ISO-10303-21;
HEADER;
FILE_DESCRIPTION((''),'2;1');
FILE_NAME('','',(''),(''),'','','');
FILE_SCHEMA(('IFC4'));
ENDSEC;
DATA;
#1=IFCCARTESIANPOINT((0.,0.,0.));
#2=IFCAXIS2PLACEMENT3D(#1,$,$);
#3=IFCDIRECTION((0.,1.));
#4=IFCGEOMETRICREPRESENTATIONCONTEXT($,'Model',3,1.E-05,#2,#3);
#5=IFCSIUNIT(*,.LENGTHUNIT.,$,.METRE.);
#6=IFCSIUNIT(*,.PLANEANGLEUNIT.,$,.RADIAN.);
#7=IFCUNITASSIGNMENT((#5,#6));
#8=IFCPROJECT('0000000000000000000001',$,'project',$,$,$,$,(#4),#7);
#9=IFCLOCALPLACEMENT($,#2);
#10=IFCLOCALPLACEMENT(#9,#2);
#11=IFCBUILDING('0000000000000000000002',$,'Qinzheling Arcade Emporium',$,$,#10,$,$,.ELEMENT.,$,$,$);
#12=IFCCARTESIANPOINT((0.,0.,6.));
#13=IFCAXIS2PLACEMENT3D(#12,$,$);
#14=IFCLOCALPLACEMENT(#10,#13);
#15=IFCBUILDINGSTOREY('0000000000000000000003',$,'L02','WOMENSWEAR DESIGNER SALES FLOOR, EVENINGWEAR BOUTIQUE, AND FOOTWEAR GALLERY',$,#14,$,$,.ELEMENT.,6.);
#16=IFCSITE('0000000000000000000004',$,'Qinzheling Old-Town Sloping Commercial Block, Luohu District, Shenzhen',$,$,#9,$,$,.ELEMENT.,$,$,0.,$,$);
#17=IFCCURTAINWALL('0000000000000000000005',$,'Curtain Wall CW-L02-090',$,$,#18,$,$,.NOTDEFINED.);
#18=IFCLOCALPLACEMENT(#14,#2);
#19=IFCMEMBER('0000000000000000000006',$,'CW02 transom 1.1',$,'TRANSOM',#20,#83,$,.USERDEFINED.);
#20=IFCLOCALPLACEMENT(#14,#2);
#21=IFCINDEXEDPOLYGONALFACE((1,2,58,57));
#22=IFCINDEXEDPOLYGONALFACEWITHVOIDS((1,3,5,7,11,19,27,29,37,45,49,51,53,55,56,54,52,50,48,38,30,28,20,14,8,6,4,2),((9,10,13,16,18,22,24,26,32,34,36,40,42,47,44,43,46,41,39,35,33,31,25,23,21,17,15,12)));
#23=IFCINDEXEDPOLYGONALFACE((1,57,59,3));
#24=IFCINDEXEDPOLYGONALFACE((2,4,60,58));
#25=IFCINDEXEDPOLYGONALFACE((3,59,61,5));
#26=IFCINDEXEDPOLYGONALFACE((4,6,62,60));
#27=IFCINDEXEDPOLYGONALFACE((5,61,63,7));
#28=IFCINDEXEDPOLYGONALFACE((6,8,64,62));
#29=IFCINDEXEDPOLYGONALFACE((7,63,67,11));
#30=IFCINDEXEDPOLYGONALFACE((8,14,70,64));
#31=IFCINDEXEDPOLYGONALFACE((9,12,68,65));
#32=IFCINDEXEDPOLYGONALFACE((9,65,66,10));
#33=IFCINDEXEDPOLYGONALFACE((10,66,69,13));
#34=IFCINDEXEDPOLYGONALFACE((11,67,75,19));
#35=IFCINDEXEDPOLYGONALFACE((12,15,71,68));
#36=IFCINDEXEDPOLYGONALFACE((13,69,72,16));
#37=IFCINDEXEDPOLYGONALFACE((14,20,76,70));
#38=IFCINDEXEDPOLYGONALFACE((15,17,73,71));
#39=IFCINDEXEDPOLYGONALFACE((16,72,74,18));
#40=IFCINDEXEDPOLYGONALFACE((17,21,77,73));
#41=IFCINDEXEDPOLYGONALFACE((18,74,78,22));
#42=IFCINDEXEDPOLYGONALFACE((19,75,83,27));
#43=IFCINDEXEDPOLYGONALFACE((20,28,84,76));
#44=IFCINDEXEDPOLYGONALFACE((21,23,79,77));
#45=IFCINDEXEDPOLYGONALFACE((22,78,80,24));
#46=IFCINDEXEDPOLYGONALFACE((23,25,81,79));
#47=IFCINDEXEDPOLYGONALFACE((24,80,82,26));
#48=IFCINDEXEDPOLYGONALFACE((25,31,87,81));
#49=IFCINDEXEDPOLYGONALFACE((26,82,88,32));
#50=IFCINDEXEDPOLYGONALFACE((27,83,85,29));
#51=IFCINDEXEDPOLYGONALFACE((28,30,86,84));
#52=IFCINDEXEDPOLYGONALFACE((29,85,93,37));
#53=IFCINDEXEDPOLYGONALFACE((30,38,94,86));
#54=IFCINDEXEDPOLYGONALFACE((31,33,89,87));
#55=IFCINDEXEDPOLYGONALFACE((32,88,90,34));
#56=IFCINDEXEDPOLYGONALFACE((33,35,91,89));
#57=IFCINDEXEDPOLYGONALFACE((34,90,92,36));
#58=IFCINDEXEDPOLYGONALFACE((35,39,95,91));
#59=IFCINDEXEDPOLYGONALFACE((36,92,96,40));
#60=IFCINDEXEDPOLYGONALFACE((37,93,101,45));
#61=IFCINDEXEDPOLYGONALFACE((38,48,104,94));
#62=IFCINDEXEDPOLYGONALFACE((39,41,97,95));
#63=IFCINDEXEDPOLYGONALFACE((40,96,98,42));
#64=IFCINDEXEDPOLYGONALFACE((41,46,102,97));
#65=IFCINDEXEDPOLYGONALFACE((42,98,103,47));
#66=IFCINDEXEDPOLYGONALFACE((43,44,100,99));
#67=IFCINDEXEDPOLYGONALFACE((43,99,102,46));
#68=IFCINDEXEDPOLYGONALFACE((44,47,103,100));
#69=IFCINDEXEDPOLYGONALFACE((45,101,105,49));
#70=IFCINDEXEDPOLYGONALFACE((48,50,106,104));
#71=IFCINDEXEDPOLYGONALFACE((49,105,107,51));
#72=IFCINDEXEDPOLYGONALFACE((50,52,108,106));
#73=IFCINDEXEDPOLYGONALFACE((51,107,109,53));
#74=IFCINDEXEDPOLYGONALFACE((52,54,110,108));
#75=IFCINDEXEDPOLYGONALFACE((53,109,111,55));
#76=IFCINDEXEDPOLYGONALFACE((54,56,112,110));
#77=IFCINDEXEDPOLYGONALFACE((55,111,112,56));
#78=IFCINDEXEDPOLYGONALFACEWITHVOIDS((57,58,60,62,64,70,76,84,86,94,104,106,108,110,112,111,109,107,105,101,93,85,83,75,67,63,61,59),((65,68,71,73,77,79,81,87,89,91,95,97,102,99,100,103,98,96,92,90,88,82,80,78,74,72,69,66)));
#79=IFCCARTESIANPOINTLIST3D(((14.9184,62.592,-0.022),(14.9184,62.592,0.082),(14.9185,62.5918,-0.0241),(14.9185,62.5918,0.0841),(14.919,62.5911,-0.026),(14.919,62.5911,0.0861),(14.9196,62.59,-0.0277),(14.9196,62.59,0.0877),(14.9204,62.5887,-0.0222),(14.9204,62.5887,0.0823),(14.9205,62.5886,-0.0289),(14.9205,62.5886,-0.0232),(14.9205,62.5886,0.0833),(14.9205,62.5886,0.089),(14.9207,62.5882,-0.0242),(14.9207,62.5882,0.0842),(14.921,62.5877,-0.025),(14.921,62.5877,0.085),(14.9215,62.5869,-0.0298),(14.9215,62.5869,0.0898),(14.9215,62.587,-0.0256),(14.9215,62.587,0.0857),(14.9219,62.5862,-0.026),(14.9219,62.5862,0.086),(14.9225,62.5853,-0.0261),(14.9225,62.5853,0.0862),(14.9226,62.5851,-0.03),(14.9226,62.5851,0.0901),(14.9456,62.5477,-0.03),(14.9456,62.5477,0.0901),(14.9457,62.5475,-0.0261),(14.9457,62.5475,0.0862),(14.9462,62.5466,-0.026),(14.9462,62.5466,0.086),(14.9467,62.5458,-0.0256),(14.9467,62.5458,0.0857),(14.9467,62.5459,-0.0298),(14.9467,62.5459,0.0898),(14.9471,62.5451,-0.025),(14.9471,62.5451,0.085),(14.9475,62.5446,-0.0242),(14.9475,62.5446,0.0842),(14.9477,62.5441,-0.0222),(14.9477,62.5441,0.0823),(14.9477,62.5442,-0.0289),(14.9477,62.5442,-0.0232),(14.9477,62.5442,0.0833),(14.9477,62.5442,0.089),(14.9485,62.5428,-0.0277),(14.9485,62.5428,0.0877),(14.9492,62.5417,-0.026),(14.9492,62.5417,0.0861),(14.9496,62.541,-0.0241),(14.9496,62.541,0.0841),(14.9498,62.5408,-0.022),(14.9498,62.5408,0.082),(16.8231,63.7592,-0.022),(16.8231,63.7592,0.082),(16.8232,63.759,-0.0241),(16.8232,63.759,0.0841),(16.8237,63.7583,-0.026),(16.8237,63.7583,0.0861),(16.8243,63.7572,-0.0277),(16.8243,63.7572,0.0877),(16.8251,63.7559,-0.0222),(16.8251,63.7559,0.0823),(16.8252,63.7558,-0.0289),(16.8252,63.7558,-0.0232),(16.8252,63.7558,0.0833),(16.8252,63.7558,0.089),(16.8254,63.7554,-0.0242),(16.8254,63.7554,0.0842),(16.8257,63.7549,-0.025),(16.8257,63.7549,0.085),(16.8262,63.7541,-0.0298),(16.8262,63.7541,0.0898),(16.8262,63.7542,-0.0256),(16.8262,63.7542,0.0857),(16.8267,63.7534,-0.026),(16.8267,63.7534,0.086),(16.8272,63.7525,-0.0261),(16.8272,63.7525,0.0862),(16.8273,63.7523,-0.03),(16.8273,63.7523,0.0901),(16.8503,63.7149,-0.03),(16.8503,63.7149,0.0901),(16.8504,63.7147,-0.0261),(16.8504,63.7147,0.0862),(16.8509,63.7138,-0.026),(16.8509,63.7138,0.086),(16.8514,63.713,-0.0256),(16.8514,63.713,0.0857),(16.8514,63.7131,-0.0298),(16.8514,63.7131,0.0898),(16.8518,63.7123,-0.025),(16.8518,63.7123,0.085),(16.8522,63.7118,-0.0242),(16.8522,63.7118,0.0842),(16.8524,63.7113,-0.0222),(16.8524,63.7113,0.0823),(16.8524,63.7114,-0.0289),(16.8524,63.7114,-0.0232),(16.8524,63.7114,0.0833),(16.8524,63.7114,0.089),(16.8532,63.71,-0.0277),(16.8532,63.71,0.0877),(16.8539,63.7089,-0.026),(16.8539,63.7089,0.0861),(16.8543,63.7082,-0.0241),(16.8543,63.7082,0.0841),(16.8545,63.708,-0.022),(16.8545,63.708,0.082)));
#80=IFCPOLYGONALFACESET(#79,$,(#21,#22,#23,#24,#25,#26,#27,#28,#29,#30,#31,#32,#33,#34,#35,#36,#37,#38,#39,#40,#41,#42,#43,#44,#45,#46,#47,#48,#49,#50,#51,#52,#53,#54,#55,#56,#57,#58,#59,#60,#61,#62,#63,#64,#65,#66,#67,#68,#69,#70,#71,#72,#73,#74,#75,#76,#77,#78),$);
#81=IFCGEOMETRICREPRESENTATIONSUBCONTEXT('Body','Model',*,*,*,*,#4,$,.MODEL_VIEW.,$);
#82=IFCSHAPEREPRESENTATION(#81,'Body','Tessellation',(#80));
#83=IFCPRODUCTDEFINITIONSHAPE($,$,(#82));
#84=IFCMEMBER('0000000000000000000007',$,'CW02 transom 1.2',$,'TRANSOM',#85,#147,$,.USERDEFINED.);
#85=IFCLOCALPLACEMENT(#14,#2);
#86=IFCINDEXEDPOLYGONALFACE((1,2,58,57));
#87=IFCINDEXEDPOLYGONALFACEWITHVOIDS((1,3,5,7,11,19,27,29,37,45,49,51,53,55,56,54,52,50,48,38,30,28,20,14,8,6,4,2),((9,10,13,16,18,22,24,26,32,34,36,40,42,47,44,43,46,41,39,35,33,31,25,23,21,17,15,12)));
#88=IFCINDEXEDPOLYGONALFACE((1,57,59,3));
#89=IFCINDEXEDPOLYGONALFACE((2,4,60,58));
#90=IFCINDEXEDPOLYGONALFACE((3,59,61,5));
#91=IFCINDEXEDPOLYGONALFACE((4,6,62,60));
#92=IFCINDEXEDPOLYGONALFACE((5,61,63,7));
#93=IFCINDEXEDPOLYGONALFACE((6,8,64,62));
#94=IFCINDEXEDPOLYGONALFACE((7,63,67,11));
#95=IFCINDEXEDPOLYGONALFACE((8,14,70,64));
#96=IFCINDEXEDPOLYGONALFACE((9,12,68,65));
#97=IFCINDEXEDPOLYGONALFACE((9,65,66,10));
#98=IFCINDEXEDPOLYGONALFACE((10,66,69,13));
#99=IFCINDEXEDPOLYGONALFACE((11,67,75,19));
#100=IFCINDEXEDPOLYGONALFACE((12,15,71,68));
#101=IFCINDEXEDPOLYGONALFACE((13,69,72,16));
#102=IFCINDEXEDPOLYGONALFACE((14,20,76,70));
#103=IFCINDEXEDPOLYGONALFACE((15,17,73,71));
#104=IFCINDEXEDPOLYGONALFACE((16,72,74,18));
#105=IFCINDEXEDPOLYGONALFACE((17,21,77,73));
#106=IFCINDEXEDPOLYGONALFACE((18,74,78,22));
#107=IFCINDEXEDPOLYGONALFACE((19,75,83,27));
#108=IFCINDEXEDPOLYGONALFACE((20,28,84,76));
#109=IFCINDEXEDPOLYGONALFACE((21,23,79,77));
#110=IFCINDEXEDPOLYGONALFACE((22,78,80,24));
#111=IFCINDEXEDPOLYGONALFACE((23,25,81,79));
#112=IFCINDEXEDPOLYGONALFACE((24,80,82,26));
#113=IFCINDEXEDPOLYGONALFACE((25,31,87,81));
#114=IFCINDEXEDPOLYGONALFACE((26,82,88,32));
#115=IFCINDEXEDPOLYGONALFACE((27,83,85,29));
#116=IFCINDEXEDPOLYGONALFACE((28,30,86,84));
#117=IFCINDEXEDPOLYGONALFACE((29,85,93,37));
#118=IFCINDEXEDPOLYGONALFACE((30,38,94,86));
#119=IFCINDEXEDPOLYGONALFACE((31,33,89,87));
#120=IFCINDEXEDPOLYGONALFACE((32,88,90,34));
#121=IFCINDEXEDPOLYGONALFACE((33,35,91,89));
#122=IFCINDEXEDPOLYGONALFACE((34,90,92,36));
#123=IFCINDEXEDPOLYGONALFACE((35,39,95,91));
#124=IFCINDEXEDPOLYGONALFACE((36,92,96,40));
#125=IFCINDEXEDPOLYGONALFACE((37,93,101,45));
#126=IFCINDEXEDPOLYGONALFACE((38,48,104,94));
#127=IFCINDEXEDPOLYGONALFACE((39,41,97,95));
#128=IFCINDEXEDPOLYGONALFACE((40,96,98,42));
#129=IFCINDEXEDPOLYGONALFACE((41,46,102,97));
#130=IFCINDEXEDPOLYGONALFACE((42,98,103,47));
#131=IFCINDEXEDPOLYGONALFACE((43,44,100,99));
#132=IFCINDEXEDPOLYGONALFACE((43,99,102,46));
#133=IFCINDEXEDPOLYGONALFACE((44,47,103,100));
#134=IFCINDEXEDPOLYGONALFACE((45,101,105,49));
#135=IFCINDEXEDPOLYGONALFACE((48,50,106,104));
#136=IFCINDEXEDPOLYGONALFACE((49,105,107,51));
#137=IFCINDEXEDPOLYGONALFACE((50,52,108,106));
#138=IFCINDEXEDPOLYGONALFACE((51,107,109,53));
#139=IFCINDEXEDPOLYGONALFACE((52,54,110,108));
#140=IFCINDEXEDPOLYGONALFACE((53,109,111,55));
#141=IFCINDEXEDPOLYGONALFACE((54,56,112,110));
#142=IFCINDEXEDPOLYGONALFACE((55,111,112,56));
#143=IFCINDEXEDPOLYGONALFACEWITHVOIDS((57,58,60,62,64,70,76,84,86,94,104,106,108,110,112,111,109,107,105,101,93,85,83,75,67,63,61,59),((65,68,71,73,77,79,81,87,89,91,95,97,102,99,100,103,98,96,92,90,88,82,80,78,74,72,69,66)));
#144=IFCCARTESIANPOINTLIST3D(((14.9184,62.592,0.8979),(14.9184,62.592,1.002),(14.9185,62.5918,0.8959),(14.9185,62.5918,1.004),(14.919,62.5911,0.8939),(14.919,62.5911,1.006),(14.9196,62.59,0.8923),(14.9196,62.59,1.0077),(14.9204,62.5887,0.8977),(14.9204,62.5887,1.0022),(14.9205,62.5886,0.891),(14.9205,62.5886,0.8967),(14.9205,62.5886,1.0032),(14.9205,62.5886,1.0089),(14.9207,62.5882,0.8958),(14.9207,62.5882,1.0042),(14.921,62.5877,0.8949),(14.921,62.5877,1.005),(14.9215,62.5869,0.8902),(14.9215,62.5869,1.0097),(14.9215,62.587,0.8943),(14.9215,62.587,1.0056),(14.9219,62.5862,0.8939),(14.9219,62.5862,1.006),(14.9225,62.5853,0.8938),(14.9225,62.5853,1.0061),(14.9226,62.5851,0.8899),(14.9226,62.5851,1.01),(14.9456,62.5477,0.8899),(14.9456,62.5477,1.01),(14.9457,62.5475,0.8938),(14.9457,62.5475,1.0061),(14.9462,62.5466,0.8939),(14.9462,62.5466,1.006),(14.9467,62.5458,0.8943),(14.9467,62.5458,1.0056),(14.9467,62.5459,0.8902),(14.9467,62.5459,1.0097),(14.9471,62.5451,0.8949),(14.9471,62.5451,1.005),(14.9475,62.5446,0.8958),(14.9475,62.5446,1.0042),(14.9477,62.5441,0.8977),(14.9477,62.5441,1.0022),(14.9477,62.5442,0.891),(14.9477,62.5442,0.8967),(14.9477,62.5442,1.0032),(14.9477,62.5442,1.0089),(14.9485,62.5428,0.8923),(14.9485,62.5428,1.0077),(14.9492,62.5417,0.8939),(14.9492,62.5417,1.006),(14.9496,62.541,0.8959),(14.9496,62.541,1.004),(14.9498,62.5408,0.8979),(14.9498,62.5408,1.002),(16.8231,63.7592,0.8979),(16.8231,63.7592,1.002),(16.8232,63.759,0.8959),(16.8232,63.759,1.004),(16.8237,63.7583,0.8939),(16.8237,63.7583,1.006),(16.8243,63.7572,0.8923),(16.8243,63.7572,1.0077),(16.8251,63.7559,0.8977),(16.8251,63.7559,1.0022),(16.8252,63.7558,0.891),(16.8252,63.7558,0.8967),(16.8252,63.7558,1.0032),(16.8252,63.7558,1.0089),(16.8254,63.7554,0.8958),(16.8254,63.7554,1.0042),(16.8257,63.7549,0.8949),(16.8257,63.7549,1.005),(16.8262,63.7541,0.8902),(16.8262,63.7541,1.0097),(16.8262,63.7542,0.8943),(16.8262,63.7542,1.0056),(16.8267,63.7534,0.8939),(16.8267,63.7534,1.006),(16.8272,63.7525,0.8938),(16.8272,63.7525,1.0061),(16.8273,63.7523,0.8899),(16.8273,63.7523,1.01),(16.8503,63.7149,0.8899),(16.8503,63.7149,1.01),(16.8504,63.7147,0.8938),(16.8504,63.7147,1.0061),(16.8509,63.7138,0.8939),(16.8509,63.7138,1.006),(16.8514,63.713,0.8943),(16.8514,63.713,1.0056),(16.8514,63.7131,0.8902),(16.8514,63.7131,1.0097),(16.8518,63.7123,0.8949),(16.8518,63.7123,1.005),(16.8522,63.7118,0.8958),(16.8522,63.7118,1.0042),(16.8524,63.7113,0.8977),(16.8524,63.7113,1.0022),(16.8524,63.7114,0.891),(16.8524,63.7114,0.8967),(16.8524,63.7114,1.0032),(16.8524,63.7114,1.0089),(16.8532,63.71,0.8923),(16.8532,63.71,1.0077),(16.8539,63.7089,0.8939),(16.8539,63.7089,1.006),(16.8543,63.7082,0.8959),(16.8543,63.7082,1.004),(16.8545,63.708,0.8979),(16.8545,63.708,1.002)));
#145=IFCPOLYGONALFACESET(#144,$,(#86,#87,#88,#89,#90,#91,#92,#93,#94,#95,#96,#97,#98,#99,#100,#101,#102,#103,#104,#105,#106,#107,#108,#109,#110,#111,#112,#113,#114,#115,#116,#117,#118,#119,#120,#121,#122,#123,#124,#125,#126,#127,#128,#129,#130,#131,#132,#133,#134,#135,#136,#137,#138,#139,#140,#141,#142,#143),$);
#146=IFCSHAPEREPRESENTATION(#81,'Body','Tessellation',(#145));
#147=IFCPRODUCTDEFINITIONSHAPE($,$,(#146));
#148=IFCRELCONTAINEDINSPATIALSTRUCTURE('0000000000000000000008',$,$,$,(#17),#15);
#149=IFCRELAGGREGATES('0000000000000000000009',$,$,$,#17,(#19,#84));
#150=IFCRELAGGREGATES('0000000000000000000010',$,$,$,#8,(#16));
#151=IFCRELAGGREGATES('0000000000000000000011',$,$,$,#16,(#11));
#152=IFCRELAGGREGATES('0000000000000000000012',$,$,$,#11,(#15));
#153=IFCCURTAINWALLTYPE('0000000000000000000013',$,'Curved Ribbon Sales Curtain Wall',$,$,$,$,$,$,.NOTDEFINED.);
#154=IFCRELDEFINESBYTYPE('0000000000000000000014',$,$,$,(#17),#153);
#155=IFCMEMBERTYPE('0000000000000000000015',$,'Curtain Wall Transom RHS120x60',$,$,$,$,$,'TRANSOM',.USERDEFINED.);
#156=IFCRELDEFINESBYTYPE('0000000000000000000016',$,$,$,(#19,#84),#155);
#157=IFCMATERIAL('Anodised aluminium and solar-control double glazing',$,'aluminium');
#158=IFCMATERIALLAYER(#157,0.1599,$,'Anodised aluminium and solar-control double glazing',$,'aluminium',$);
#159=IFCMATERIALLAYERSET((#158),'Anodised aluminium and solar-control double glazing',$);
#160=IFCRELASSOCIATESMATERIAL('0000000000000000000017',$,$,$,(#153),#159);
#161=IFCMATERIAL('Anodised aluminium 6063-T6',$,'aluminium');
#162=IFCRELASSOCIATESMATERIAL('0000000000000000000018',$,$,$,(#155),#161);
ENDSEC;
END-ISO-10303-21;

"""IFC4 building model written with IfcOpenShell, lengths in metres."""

from ifc_helpers import new_model, si_unit, direction, frame, origin, origin_2d, place, context, subcontext, project, spatial, hollow_rectangle, extrude, material, layer, layer_set, material_profile, profile_set, type_object, element, aggregate, save


model = new_model("IFC4")

# Units and contexts
model_context = context("Model", 3, precision=1e-05, world=origin(), true_north=direction((0.0, 1.0)))
body_context = subcontext(model_context, "Body", "Model", "MODEL_VIEW")
ifc_project = project(units=[si_unit("LENGTHUNIT", "METRE"), si_unit("PLANEANGLEUNIT", "RADIAN")], contexts=[model_context])

# Site, building, storey
site_placement = place(None, origin())
site = spatial("IfcSite", under=ifc_project, at=site_placement, Name="Qinzheling Old-Town Sloping Commercial Block, Luohu District, Shenzhen", CompositionType="ELEMENT", RefElevation=0.0)
building_placement = place(site_placement, origin())
building = spatial("IfcBuilding", under=site, at=building_placement, Name="Qinzheling Arcade Emporium", CompositionType="ELEMENT")
storey_placement = place(building_placement, frame((0.0, 0.0, 6.0)))
storey = spatial("IfcBuildingStorey", under=building, at=storey_placement, Name="L02", Description="WOMENSWEAR DESIGNER SALES FLOOR, EVENINGWEAR BOUTIQUE, AND FOOTWEAR GALLERY", CompositionType="ELEMENT", Elevation=6.0)

# Shared definitions
ifc_material_1 = material(Name="Anodised aluminium and solar-control double glazing", Category="aluminium")
ifc_layer_1 = layer(ifc_material_1, 0.1599, Name="Anodised aluminium and solar-control double glazing", Category="aluminium")
ifc_layer_set_1 = layer_set([ifc_layer_1], Name="Anodised aluminium and solar-control double glazing")
curtain_wall_type = type_object("IfcCurtainWallType", Name="Curved Ribbon Sales Curtain Wall", PredefinedType="NOTDEFINED", material=ifc_layer_set_1)
ifc_material_2 = material(Name="Anodised aluminium 6063-T6", Category="aluminium")

# Curtain wall
curtain_wall_1_placement = place(storey_placement, origin())
curtain_wall_1 = element("IfcCurtainWall", 1, at=curtain_wall_1_placement, inside=storey, type_object=curtain_wall_type, Name="Curtain Wall CW-L02-090", PredefinedType="NOTDEFINED")

# Members
ifc_material_profile_1 = material_profile(ifc_material_2, hollow_rectangle(XDim=0.0601, YDim=0.1201, WallThickness=0.0039, InnerFilletRadius=0.0039, OuterFilletRadius=0.0081, at=origin_2d()), Name="RHS 120x60x4", Category="aluminium")
ifc_profile_set_1 = profile_set([ifc_material_profile_1], Name="Anodised aluminium 6063-T6")
member_type_1 = type_object("IfcMemberType", Name="Curtain Wall Transom RHS120x60", ElementType="TRANSOM", PredefinedType="USERDEFINED", material=ifc_profile_set_1)
member_1_placement = place(storey_placement, frame((14.9341, 62.5664, 0.03), z_axis=(0.852644, 0.522493, 0.0), x_axis=(-0.522493, 0.852644, 0.0)))
member_1 = element("IfcMember", 2, at=member_1_placement, type_object=member_type_1, Name="CW02 transom 1.1", ObjectType="TRANSOM", PredefinedType="USERDEFINED", context=body_context, shape_type="SweptSolid", body=[
    extrude(hollow_rectangle(XDim=0.0601, YDim=0.1201, WallThickness=0.0039, InnerFilletRadius=0.0039, OuterFilletRadius=0.0081, at=origin_2d()), origin(), (0.0, 0.0, 1.0), 2.2339),
])
member_2_placement = place(storey_placement, frame((14.9341, 62.5664, 0.95), z_axis=(0.852644, 0.522493, 0.0), x_axis=(-0.522493, 0.852644, 0.0)))
member_2 = element("IfcMember", 3, at=member_2_placement, type_object=member_type_1, Name="CW02 transom 1.2", ObjectType="TRANSOM", PredefinedType="USERDEFINED", context=body_context, shape_type="SweptSolid", body=[
    extrude(hollow_rectangle(XDim=0.0601, YDim=0.1201, WallThickness=0.0039, InnerFilletRadius=0.0039, OuterFilletRadius=0.0081, at=origin_2d()), origin(), (0.0, 0.0, 1.0), 2.2339),
])

aggregate(curtain_wall_1, [member_1, member_2])

save(model, "model.ifc")
